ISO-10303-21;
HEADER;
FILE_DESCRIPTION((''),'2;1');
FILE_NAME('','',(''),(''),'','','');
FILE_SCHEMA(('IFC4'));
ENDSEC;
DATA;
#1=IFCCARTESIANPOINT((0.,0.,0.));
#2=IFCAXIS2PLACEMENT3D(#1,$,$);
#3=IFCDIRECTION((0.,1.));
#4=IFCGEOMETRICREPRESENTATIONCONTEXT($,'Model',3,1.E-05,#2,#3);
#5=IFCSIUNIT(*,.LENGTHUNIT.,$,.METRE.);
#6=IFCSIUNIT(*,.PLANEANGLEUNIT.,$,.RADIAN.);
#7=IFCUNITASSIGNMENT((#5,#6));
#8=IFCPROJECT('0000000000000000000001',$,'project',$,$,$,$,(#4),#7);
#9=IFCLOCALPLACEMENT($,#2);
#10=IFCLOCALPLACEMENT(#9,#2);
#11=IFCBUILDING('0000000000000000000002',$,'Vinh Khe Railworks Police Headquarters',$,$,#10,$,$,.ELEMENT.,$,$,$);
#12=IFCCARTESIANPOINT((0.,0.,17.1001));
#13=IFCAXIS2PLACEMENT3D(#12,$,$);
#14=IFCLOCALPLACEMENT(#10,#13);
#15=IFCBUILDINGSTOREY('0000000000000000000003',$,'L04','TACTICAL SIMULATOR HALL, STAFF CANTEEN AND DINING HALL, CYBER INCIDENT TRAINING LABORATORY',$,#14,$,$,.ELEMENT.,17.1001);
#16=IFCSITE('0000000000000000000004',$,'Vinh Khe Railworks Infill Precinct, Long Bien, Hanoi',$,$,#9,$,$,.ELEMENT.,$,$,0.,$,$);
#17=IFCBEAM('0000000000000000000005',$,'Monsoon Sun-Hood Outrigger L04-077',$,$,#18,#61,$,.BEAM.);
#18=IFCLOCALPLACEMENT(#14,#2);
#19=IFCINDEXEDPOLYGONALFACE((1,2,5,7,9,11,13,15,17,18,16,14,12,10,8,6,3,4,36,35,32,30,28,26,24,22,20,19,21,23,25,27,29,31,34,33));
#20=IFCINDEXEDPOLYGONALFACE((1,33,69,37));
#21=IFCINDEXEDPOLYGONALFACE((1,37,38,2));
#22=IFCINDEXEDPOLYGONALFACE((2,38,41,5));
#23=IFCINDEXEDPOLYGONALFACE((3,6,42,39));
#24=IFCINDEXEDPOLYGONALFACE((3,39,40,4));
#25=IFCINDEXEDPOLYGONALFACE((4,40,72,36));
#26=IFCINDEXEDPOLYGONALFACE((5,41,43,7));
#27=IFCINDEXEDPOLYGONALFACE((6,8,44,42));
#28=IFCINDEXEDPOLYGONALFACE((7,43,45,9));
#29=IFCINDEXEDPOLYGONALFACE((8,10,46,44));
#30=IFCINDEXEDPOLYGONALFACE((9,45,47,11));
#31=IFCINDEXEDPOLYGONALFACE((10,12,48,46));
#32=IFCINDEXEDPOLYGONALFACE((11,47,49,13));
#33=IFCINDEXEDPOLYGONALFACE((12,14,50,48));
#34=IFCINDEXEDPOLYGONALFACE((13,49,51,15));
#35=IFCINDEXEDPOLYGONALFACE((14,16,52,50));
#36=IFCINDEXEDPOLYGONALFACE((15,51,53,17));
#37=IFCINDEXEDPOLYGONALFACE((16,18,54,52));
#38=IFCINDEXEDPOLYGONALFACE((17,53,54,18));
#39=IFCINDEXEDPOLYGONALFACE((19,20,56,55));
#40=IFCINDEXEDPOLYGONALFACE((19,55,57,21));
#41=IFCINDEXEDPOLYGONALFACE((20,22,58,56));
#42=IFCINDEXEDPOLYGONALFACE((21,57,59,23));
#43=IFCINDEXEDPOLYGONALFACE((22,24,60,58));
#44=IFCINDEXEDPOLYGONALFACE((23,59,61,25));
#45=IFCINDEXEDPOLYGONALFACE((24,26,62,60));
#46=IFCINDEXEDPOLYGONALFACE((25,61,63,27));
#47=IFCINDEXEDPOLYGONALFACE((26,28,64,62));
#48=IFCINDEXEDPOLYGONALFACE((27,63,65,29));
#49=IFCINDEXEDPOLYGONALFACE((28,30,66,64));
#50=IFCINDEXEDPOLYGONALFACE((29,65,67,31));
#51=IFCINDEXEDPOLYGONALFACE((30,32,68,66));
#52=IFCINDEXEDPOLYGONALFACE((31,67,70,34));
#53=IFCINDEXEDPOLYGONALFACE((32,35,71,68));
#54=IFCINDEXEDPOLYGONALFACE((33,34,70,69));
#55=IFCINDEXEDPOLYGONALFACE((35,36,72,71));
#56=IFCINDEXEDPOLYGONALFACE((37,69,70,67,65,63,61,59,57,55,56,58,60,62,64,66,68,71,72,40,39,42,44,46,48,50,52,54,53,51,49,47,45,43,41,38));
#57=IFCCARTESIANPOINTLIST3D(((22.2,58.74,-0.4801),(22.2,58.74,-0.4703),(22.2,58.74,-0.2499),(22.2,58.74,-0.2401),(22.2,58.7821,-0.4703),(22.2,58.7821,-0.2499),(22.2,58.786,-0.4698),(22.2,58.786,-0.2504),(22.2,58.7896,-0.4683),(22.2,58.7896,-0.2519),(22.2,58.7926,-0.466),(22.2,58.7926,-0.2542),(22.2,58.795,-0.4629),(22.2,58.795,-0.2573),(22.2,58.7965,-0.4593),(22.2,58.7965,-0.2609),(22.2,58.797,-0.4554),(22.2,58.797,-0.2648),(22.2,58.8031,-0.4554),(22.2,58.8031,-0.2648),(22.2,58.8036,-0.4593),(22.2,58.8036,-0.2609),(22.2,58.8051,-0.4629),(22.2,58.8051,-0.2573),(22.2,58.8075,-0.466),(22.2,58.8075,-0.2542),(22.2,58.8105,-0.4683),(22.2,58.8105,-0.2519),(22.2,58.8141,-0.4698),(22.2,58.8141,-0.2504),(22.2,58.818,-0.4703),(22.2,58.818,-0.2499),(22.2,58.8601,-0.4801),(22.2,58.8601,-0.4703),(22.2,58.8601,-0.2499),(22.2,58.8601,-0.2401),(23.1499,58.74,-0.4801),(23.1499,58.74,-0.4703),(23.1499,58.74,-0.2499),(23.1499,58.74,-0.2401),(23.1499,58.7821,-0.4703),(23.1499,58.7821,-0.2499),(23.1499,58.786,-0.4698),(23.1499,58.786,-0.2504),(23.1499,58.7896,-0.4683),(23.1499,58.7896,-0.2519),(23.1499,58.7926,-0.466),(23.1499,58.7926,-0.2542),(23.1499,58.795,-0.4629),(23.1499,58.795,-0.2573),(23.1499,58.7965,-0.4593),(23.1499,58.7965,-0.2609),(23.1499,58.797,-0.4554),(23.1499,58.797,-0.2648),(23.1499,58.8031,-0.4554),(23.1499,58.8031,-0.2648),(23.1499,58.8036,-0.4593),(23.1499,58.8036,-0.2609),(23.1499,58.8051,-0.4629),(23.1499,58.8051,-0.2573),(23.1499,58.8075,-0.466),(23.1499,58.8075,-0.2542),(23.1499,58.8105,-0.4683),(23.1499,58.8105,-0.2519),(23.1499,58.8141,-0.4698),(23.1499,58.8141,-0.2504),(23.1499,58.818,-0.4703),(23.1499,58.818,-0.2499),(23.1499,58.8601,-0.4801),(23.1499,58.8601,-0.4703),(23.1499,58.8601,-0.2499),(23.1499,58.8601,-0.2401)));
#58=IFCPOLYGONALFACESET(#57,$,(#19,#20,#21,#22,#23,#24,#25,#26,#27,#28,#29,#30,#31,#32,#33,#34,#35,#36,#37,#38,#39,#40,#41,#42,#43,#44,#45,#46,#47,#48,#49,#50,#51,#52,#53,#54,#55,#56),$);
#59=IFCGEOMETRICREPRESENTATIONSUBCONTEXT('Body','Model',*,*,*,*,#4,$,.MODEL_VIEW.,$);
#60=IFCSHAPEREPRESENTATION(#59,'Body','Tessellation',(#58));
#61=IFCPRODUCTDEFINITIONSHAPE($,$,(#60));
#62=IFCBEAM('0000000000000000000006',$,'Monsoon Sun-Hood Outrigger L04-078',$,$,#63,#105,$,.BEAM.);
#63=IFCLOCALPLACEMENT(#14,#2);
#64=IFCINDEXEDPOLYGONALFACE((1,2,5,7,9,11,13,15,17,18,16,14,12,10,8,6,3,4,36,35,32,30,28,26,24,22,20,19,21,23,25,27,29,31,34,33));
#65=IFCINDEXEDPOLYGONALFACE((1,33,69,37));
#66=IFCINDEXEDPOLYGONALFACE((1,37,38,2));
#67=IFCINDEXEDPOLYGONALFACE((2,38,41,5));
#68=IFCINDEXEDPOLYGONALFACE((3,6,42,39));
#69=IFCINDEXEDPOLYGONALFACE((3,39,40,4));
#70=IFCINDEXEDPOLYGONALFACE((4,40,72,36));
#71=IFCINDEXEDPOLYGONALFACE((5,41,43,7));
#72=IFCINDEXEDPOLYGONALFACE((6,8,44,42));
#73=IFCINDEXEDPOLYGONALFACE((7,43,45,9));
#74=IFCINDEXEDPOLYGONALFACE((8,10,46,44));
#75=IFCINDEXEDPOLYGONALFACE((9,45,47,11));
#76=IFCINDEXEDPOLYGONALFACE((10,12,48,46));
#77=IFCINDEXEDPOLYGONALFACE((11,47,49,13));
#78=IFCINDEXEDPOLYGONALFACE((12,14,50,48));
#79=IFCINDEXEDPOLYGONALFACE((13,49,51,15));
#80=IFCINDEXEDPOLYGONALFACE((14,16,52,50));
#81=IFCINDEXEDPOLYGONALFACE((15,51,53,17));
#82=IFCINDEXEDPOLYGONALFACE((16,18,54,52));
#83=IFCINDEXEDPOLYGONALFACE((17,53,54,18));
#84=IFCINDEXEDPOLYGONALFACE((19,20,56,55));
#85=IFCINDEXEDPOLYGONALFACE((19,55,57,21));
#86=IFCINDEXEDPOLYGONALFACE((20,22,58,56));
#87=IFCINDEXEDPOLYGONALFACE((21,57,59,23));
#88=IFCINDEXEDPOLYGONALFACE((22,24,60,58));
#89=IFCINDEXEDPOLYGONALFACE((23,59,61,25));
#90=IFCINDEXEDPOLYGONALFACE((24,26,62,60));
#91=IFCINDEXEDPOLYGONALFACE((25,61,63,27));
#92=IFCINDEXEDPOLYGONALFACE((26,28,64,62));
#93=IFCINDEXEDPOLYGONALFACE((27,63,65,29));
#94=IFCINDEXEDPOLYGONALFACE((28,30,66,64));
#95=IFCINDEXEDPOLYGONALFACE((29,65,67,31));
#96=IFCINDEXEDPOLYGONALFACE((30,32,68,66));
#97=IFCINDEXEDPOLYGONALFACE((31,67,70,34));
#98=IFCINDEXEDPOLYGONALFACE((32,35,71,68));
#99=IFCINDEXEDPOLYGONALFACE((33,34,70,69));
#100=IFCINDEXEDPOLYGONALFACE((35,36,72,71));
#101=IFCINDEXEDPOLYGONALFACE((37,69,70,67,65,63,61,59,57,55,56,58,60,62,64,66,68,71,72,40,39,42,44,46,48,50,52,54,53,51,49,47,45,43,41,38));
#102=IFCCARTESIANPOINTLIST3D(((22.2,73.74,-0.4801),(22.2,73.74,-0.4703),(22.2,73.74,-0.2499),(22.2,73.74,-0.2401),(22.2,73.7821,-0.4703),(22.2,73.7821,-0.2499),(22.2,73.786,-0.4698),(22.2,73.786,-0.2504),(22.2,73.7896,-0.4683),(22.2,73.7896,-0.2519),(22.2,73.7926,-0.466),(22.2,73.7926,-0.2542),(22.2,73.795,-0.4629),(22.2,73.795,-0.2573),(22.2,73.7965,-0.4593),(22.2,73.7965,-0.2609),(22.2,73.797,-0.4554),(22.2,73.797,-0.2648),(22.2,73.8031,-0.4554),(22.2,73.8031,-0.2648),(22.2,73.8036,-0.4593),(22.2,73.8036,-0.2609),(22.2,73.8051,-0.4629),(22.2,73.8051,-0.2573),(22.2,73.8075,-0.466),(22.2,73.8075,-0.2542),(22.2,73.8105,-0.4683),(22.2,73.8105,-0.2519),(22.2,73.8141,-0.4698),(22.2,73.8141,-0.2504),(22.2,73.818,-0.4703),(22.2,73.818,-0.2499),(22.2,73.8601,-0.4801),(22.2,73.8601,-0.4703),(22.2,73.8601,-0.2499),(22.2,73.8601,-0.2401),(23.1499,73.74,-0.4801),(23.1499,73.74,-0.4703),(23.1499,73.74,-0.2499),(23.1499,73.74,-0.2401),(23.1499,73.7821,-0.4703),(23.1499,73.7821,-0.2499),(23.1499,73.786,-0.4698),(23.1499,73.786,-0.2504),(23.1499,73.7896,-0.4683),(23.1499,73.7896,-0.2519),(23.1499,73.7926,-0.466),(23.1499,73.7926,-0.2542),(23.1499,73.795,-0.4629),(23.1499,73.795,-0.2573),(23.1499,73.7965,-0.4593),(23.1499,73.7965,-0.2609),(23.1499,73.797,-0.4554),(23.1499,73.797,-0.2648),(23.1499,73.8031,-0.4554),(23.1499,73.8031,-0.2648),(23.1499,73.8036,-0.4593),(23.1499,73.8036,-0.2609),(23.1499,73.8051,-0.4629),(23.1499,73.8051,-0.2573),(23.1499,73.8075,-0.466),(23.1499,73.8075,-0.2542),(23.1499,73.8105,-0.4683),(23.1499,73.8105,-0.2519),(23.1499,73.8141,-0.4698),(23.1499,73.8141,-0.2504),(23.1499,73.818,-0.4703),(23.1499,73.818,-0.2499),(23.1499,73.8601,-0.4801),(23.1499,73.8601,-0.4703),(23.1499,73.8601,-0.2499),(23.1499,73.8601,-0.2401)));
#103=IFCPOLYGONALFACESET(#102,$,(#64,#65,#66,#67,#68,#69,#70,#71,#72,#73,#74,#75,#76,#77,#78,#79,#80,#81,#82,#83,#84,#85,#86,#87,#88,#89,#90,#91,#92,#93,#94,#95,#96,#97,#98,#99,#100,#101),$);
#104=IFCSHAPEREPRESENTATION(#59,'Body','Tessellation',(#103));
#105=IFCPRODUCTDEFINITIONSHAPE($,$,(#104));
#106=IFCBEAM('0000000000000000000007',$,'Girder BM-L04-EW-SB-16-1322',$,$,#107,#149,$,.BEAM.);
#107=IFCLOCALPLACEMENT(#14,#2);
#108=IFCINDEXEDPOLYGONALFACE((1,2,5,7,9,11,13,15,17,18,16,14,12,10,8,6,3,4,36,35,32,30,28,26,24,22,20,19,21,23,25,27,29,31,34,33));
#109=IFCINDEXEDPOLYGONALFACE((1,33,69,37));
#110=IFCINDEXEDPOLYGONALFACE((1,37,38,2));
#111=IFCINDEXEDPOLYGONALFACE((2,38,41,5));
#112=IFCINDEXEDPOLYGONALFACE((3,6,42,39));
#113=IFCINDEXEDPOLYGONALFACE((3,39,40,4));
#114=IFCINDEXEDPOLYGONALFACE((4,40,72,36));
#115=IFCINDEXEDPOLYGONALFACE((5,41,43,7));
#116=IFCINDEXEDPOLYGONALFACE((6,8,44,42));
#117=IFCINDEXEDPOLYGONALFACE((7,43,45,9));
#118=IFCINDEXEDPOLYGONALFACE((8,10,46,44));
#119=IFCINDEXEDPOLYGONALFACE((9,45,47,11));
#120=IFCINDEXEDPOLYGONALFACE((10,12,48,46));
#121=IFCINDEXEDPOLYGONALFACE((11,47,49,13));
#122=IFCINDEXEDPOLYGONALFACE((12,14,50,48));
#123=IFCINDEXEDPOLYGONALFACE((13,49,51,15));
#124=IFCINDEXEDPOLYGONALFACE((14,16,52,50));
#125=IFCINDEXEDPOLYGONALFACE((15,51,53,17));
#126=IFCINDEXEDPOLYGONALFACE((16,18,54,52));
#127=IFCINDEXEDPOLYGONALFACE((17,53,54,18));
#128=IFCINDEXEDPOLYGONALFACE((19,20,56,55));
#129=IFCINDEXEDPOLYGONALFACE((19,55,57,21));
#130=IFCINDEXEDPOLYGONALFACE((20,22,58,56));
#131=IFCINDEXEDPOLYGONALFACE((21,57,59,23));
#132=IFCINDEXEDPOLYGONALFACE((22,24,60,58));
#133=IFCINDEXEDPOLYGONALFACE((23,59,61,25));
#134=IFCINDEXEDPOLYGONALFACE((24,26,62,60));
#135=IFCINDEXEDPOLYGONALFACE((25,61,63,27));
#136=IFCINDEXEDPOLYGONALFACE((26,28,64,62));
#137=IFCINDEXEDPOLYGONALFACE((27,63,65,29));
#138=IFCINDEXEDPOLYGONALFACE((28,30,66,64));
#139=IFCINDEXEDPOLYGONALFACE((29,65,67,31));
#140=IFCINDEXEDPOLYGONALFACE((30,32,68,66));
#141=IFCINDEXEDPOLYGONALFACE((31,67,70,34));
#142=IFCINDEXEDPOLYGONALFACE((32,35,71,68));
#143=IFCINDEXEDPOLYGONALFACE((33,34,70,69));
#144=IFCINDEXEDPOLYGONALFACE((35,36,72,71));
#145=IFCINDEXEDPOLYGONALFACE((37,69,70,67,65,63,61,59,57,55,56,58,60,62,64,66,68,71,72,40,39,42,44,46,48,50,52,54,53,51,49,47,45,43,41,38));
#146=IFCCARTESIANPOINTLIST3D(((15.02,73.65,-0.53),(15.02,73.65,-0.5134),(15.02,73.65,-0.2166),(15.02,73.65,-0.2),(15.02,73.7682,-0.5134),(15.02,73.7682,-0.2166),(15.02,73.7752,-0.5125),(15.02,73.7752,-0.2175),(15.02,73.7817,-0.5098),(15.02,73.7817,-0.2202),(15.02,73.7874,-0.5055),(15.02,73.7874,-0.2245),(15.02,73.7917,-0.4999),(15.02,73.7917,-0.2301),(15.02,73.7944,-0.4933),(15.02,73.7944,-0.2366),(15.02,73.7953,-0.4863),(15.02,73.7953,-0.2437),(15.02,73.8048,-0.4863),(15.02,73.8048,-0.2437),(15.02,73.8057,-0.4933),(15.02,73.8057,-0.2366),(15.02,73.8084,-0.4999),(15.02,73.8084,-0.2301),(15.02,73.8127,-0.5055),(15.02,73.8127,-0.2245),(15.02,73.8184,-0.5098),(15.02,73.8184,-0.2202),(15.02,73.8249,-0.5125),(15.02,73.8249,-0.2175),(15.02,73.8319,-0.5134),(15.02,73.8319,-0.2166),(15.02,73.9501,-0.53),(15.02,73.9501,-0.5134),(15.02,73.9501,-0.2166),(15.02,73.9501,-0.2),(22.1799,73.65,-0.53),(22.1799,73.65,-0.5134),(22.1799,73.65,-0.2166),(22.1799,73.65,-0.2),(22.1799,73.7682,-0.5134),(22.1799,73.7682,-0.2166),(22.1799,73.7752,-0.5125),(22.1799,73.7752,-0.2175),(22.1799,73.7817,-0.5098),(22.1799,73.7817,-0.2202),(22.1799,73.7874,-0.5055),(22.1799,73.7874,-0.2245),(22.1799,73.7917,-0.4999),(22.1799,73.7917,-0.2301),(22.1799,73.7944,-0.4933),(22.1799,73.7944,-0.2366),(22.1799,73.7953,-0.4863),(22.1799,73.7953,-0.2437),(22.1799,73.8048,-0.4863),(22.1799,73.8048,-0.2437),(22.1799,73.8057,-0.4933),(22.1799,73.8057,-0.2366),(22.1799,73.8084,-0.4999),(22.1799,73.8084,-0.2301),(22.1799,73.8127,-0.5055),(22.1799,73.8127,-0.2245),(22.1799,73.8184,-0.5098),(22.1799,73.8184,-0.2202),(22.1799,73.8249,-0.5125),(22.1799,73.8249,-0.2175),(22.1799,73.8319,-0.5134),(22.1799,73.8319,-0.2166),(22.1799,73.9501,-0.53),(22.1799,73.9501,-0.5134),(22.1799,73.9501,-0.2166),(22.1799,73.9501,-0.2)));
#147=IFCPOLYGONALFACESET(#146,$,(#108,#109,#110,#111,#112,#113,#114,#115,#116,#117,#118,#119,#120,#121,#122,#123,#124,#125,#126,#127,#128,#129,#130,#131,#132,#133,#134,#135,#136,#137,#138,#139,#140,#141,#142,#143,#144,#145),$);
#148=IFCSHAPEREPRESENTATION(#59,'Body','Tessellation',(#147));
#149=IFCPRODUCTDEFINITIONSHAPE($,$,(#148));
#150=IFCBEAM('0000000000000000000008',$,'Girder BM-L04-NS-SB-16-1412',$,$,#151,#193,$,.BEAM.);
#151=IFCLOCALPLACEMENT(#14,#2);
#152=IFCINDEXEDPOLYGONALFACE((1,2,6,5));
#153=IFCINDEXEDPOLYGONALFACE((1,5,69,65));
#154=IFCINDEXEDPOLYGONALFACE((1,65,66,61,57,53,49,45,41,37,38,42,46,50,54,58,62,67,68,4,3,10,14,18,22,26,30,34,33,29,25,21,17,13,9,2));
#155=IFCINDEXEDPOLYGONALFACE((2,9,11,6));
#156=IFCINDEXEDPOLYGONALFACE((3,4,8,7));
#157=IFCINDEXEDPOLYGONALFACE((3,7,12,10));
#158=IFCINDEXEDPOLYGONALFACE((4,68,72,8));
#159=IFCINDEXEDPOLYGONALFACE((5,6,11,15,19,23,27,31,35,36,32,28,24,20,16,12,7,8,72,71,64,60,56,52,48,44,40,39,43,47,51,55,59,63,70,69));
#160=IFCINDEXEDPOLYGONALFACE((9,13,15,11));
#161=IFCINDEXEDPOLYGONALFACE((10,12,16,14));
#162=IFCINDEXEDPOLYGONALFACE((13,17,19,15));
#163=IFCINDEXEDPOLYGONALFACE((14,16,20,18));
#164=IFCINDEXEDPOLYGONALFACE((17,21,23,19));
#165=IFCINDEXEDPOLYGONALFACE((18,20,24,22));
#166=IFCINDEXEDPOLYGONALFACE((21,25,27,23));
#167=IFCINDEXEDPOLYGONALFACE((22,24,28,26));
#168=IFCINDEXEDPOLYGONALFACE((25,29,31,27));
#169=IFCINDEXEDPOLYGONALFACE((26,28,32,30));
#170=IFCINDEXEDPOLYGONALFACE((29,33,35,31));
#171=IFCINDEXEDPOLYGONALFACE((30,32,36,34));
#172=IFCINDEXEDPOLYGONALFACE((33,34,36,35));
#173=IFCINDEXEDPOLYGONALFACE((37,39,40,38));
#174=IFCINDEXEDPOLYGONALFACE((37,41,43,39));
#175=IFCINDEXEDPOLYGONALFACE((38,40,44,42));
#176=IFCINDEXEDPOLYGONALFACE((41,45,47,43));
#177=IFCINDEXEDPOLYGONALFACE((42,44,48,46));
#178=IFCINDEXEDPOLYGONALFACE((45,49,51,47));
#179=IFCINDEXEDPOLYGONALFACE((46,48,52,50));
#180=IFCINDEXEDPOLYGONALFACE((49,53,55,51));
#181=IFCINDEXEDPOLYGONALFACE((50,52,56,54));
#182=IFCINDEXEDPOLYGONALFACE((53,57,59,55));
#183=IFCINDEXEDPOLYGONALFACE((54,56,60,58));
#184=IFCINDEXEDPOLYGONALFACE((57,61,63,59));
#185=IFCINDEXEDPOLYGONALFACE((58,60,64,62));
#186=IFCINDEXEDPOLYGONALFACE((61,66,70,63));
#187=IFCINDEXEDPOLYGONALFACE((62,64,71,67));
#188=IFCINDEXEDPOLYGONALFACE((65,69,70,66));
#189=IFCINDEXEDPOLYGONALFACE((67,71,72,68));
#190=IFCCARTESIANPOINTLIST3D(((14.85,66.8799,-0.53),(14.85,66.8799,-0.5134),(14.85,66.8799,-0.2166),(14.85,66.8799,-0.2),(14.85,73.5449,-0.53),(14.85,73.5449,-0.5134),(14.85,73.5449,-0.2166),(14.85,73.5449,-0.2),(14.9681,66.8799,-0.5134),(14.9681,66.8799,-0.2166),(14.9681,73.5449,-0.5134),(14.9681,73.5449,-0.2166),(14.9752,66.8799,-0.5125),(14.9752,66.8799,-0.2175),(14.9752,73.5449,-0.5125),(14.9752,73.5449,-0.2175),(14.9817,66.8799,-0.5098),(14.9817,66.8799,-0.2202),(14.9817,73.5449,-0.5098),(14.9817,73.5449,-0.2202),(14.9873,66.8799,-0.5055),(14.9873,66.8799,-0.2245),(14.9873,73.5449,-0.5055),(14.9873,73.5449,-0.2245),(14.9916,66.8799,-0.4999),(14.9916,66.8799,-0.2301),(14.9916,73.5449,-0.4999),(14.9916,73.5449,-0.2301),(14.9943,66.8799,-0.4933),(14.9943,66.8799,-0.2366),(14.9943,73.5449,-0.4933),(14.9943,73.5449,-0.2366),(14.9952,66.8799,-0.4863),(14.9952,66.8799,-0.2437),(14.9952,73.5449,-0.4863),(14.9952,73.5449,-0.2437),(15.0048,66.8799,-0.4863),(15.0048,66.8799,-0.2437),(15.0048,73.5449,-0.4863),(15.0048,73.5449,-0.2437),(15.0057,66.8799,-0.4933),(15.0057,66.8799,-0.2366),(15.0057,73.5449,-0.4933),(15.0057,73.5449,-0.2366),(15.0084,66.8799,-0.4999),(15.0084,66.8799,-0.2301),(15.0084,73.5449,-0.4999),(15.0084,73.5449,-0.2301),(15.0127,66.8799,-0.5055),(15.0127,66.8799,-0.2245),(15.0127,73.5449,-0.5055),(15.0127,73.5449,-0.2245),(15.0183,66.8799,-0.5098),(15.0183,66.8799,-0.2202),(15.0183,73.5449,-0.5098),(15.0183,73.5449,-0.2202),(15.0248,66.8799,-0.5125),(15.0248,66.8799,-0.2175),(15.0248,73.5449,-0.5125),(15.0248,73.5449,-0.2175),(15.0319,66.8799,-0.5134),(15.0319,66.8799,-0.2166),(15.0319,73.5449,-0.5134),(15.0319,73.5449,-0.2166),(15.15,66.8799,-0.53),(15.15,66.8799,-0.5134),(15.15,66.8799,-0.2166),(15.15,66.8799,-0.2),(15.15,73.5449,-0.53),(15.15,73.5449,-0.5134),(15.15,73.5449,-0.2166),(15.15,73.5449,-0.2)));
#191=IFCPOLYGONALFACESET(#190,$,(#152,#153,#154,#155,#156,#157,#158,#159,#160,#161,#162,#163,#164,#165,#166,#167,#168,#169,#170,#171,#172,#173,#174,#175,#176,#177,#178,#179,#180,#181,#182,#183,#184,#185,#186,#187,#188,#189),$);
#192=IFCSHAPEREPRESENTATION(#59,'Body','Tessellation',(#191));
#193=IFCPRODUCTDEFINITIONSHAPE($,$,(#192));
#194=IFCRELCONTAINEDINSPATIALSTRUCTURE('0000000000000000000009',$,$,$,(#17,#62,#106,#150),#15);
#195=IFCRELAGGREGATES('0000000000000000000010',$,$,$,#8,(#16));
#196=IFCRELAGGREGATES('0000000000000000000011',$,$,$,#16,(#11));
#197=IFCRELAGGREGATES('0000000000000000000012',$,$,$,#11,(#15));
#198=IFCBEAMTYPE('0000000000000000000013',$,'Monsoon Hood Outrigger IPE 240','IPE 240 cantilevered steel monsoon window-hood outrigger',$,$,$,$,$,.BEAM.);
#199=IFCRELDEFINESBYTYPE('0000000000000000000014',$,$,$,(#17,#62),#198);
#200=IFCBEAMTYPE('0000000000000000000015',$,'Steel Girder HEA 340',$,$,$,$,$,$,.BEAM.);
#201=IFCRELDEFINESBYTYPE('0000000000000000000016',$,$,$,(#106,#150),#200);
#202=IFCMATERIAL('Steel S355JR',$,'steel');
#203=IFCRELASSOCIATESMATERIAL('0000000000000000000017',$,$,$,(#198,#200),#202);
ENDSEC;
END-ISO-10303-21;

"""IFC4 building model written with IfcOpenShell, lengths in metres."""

from ifc_helpers import new_model, si_unit, direction, frame, origin, origin_2d, place, context, subcontext, project, spatial, i_section, extrude, material, material_profile, profile_set, type_object, element, save


model = new_model("IFC4")

# Units and contexts
model_context = context("Model", 3, precision=1e-05, world=origin(), true_north=direction((0.0, 1.0)))
body_context = subcontext(model_context, "Body", "Model", "MODEL_VIEW")
ifc_project = project(units=[si_unit("LENGTHUNIT", "METRE"), si_unit("PLANEANGLEUNIT", "RADIAN")], contexts=[model_context])

# Site, building, storey
site_placement = place(None, origin())
site = spatial("IfcSite", under=ifc_project, at=site_placement, Name="Vinh Khe Railworks Infill Precinct, Long Bien, Hanoi", CompositionType="ELEMENT", RefElevation=0.0)
building_placement = place(site_placement, origin())
building = spatial("IfcBuilding", under=site, at=building_placement, Name="Vinh Khe Railworks Police Headquarters", CompositionType="ELEMENT")
storey_placement = place(building_placement, frame((0.0, 0.0, 17.1001)))
storey = spatial("IfcBuildingStorey", under=building, at=storey_placement, Name="L04", Description="TACTICAL SIMULATOR HALL, STAFF CANTEEN AND DINING HALL, CYBER INCIDENT TRAINING LABORATORY", CompositionType="ELEMENT", Elevation=17.1001)

# Shared definitions
ifc_material_1 = material(Name="Steel S355JR", Category="steel")

# Beams
ifc_material_profile_1 = material_profile(ifc_material_1, i_section(OverallWidth=0.1201, OverallDepth=0.24, WebThickness=0.0061, FlangeThickness=0.0098, FilletRadius=0.0149, at=origin_2d()), Name="IPE 240")
ifc_profile_set_1 = profile_set([ifc_material_profile_1], Name="Steel S355JR")
beam_type_1 = type_object("IfcBeamType", Name="Monsoon Hood Outrigger IPE 240", Description="IPE 240 cantilevered steel monsoon window-hood outrigger", PredefinedType="BEAM", material=ifc_profile_set_1)
for number, where, z_axis, x_axis, name in (
    (1, (22.2, 58.8, -0.3601), (1.0, 0.0, 0.0), (0.0, 1.0, 0.0), "Monsoon Sun-Hood Outrigger L04-077"),
    (2, (22.2, 73.8, -0.3601), (1.0, 0.0, 0.0), (0.0, 1.0, 0.0), "Monsoon Sun-Hood Outrigger L04-078"),
):
    element("IfcBeam", number, at=place(storey_placement, frame(where, z_axis=z_axis, x_axis=x_axis)), inside=storey, type_object=beam_type_1, Name=name, PredefinedType="BEAM", context=body_context, shape_type="SweptSolid", body=[
        extrude(i_section(OverallWidth=0.1201, OverallDepth=0.24, WebThickness=0.0061, FlangeThickness=0.0098, FilletRadius=0.0149, at=origin_2d()), origin(), (0.0, 0.0, 1.0), 0.95),
    ])
ifc_material_profile_2 = material_profile(ifc_material_1, i_section(OverallWidth=0.3, OverallDepth=0.3301, WebThickness=0.0095, FlangeThickness=0.0166, FilletRadius=0.0271, at=origin_2d()), Name="HEA 340")
ifc_profile_set_2 = profile_set([ifc_material_profile_2], Name="Steel S355JR")
beam_type_2 = type_object("IfcBeamType", Name="Steel Girder HEA 340", PredefinedType="BEAM", material=ifc_profile_set_2)
beam_1_placement = place(storey_placement, frame((15.02, 73.8, -0.365), z_axis=(1.0, 0.0, 0.0), x_axis=(0.0, 1.0, 0.0)))
element("IfcBeam", 3, at=beam_1_placement, inside=storey, type_object=beam_type_2, Name="Girder BM-L04-EW-SB-16-1322", PredefinedType="BEAM", context=body_context, shape_type="SweptSolid", body=[
    extrude(i_section(OverallWidth=0.3, OverallDepth=0.3301, WebThickness=0.0095, FlangeThickness=0.0166, FilletRadius=0.0271, at=origin_2d()), origin(), (0.0, 0.0, 1.0), 7.1599),
])
beam_2_placement = place(storey_placement, frame((15.0, 66.8799, -0.365), z_axis=(0.0, 1.0, 0.0), x_axis=(-1.0, 0.0, 0.0)))
element("IfcBeam", 4, at=beam_2_placement, inside=storey, type_object=beam_type_2, Name="Girder BM-L04-NS-SB-16-1412", PredefinedType="BEAM", context=body_context, shape_type="SweptSolid", body=[
    extrude(i_section(OverallWidth=0.3, OverallDepth=0.3301, WebThickness=0.0095, FlangeThickness=0.0166, FilletRadius=0.0271, at=origin_2d()), origin(), (0.0, 0.0, 1.0), 6.665),
])

save(model, "model.ifc")
